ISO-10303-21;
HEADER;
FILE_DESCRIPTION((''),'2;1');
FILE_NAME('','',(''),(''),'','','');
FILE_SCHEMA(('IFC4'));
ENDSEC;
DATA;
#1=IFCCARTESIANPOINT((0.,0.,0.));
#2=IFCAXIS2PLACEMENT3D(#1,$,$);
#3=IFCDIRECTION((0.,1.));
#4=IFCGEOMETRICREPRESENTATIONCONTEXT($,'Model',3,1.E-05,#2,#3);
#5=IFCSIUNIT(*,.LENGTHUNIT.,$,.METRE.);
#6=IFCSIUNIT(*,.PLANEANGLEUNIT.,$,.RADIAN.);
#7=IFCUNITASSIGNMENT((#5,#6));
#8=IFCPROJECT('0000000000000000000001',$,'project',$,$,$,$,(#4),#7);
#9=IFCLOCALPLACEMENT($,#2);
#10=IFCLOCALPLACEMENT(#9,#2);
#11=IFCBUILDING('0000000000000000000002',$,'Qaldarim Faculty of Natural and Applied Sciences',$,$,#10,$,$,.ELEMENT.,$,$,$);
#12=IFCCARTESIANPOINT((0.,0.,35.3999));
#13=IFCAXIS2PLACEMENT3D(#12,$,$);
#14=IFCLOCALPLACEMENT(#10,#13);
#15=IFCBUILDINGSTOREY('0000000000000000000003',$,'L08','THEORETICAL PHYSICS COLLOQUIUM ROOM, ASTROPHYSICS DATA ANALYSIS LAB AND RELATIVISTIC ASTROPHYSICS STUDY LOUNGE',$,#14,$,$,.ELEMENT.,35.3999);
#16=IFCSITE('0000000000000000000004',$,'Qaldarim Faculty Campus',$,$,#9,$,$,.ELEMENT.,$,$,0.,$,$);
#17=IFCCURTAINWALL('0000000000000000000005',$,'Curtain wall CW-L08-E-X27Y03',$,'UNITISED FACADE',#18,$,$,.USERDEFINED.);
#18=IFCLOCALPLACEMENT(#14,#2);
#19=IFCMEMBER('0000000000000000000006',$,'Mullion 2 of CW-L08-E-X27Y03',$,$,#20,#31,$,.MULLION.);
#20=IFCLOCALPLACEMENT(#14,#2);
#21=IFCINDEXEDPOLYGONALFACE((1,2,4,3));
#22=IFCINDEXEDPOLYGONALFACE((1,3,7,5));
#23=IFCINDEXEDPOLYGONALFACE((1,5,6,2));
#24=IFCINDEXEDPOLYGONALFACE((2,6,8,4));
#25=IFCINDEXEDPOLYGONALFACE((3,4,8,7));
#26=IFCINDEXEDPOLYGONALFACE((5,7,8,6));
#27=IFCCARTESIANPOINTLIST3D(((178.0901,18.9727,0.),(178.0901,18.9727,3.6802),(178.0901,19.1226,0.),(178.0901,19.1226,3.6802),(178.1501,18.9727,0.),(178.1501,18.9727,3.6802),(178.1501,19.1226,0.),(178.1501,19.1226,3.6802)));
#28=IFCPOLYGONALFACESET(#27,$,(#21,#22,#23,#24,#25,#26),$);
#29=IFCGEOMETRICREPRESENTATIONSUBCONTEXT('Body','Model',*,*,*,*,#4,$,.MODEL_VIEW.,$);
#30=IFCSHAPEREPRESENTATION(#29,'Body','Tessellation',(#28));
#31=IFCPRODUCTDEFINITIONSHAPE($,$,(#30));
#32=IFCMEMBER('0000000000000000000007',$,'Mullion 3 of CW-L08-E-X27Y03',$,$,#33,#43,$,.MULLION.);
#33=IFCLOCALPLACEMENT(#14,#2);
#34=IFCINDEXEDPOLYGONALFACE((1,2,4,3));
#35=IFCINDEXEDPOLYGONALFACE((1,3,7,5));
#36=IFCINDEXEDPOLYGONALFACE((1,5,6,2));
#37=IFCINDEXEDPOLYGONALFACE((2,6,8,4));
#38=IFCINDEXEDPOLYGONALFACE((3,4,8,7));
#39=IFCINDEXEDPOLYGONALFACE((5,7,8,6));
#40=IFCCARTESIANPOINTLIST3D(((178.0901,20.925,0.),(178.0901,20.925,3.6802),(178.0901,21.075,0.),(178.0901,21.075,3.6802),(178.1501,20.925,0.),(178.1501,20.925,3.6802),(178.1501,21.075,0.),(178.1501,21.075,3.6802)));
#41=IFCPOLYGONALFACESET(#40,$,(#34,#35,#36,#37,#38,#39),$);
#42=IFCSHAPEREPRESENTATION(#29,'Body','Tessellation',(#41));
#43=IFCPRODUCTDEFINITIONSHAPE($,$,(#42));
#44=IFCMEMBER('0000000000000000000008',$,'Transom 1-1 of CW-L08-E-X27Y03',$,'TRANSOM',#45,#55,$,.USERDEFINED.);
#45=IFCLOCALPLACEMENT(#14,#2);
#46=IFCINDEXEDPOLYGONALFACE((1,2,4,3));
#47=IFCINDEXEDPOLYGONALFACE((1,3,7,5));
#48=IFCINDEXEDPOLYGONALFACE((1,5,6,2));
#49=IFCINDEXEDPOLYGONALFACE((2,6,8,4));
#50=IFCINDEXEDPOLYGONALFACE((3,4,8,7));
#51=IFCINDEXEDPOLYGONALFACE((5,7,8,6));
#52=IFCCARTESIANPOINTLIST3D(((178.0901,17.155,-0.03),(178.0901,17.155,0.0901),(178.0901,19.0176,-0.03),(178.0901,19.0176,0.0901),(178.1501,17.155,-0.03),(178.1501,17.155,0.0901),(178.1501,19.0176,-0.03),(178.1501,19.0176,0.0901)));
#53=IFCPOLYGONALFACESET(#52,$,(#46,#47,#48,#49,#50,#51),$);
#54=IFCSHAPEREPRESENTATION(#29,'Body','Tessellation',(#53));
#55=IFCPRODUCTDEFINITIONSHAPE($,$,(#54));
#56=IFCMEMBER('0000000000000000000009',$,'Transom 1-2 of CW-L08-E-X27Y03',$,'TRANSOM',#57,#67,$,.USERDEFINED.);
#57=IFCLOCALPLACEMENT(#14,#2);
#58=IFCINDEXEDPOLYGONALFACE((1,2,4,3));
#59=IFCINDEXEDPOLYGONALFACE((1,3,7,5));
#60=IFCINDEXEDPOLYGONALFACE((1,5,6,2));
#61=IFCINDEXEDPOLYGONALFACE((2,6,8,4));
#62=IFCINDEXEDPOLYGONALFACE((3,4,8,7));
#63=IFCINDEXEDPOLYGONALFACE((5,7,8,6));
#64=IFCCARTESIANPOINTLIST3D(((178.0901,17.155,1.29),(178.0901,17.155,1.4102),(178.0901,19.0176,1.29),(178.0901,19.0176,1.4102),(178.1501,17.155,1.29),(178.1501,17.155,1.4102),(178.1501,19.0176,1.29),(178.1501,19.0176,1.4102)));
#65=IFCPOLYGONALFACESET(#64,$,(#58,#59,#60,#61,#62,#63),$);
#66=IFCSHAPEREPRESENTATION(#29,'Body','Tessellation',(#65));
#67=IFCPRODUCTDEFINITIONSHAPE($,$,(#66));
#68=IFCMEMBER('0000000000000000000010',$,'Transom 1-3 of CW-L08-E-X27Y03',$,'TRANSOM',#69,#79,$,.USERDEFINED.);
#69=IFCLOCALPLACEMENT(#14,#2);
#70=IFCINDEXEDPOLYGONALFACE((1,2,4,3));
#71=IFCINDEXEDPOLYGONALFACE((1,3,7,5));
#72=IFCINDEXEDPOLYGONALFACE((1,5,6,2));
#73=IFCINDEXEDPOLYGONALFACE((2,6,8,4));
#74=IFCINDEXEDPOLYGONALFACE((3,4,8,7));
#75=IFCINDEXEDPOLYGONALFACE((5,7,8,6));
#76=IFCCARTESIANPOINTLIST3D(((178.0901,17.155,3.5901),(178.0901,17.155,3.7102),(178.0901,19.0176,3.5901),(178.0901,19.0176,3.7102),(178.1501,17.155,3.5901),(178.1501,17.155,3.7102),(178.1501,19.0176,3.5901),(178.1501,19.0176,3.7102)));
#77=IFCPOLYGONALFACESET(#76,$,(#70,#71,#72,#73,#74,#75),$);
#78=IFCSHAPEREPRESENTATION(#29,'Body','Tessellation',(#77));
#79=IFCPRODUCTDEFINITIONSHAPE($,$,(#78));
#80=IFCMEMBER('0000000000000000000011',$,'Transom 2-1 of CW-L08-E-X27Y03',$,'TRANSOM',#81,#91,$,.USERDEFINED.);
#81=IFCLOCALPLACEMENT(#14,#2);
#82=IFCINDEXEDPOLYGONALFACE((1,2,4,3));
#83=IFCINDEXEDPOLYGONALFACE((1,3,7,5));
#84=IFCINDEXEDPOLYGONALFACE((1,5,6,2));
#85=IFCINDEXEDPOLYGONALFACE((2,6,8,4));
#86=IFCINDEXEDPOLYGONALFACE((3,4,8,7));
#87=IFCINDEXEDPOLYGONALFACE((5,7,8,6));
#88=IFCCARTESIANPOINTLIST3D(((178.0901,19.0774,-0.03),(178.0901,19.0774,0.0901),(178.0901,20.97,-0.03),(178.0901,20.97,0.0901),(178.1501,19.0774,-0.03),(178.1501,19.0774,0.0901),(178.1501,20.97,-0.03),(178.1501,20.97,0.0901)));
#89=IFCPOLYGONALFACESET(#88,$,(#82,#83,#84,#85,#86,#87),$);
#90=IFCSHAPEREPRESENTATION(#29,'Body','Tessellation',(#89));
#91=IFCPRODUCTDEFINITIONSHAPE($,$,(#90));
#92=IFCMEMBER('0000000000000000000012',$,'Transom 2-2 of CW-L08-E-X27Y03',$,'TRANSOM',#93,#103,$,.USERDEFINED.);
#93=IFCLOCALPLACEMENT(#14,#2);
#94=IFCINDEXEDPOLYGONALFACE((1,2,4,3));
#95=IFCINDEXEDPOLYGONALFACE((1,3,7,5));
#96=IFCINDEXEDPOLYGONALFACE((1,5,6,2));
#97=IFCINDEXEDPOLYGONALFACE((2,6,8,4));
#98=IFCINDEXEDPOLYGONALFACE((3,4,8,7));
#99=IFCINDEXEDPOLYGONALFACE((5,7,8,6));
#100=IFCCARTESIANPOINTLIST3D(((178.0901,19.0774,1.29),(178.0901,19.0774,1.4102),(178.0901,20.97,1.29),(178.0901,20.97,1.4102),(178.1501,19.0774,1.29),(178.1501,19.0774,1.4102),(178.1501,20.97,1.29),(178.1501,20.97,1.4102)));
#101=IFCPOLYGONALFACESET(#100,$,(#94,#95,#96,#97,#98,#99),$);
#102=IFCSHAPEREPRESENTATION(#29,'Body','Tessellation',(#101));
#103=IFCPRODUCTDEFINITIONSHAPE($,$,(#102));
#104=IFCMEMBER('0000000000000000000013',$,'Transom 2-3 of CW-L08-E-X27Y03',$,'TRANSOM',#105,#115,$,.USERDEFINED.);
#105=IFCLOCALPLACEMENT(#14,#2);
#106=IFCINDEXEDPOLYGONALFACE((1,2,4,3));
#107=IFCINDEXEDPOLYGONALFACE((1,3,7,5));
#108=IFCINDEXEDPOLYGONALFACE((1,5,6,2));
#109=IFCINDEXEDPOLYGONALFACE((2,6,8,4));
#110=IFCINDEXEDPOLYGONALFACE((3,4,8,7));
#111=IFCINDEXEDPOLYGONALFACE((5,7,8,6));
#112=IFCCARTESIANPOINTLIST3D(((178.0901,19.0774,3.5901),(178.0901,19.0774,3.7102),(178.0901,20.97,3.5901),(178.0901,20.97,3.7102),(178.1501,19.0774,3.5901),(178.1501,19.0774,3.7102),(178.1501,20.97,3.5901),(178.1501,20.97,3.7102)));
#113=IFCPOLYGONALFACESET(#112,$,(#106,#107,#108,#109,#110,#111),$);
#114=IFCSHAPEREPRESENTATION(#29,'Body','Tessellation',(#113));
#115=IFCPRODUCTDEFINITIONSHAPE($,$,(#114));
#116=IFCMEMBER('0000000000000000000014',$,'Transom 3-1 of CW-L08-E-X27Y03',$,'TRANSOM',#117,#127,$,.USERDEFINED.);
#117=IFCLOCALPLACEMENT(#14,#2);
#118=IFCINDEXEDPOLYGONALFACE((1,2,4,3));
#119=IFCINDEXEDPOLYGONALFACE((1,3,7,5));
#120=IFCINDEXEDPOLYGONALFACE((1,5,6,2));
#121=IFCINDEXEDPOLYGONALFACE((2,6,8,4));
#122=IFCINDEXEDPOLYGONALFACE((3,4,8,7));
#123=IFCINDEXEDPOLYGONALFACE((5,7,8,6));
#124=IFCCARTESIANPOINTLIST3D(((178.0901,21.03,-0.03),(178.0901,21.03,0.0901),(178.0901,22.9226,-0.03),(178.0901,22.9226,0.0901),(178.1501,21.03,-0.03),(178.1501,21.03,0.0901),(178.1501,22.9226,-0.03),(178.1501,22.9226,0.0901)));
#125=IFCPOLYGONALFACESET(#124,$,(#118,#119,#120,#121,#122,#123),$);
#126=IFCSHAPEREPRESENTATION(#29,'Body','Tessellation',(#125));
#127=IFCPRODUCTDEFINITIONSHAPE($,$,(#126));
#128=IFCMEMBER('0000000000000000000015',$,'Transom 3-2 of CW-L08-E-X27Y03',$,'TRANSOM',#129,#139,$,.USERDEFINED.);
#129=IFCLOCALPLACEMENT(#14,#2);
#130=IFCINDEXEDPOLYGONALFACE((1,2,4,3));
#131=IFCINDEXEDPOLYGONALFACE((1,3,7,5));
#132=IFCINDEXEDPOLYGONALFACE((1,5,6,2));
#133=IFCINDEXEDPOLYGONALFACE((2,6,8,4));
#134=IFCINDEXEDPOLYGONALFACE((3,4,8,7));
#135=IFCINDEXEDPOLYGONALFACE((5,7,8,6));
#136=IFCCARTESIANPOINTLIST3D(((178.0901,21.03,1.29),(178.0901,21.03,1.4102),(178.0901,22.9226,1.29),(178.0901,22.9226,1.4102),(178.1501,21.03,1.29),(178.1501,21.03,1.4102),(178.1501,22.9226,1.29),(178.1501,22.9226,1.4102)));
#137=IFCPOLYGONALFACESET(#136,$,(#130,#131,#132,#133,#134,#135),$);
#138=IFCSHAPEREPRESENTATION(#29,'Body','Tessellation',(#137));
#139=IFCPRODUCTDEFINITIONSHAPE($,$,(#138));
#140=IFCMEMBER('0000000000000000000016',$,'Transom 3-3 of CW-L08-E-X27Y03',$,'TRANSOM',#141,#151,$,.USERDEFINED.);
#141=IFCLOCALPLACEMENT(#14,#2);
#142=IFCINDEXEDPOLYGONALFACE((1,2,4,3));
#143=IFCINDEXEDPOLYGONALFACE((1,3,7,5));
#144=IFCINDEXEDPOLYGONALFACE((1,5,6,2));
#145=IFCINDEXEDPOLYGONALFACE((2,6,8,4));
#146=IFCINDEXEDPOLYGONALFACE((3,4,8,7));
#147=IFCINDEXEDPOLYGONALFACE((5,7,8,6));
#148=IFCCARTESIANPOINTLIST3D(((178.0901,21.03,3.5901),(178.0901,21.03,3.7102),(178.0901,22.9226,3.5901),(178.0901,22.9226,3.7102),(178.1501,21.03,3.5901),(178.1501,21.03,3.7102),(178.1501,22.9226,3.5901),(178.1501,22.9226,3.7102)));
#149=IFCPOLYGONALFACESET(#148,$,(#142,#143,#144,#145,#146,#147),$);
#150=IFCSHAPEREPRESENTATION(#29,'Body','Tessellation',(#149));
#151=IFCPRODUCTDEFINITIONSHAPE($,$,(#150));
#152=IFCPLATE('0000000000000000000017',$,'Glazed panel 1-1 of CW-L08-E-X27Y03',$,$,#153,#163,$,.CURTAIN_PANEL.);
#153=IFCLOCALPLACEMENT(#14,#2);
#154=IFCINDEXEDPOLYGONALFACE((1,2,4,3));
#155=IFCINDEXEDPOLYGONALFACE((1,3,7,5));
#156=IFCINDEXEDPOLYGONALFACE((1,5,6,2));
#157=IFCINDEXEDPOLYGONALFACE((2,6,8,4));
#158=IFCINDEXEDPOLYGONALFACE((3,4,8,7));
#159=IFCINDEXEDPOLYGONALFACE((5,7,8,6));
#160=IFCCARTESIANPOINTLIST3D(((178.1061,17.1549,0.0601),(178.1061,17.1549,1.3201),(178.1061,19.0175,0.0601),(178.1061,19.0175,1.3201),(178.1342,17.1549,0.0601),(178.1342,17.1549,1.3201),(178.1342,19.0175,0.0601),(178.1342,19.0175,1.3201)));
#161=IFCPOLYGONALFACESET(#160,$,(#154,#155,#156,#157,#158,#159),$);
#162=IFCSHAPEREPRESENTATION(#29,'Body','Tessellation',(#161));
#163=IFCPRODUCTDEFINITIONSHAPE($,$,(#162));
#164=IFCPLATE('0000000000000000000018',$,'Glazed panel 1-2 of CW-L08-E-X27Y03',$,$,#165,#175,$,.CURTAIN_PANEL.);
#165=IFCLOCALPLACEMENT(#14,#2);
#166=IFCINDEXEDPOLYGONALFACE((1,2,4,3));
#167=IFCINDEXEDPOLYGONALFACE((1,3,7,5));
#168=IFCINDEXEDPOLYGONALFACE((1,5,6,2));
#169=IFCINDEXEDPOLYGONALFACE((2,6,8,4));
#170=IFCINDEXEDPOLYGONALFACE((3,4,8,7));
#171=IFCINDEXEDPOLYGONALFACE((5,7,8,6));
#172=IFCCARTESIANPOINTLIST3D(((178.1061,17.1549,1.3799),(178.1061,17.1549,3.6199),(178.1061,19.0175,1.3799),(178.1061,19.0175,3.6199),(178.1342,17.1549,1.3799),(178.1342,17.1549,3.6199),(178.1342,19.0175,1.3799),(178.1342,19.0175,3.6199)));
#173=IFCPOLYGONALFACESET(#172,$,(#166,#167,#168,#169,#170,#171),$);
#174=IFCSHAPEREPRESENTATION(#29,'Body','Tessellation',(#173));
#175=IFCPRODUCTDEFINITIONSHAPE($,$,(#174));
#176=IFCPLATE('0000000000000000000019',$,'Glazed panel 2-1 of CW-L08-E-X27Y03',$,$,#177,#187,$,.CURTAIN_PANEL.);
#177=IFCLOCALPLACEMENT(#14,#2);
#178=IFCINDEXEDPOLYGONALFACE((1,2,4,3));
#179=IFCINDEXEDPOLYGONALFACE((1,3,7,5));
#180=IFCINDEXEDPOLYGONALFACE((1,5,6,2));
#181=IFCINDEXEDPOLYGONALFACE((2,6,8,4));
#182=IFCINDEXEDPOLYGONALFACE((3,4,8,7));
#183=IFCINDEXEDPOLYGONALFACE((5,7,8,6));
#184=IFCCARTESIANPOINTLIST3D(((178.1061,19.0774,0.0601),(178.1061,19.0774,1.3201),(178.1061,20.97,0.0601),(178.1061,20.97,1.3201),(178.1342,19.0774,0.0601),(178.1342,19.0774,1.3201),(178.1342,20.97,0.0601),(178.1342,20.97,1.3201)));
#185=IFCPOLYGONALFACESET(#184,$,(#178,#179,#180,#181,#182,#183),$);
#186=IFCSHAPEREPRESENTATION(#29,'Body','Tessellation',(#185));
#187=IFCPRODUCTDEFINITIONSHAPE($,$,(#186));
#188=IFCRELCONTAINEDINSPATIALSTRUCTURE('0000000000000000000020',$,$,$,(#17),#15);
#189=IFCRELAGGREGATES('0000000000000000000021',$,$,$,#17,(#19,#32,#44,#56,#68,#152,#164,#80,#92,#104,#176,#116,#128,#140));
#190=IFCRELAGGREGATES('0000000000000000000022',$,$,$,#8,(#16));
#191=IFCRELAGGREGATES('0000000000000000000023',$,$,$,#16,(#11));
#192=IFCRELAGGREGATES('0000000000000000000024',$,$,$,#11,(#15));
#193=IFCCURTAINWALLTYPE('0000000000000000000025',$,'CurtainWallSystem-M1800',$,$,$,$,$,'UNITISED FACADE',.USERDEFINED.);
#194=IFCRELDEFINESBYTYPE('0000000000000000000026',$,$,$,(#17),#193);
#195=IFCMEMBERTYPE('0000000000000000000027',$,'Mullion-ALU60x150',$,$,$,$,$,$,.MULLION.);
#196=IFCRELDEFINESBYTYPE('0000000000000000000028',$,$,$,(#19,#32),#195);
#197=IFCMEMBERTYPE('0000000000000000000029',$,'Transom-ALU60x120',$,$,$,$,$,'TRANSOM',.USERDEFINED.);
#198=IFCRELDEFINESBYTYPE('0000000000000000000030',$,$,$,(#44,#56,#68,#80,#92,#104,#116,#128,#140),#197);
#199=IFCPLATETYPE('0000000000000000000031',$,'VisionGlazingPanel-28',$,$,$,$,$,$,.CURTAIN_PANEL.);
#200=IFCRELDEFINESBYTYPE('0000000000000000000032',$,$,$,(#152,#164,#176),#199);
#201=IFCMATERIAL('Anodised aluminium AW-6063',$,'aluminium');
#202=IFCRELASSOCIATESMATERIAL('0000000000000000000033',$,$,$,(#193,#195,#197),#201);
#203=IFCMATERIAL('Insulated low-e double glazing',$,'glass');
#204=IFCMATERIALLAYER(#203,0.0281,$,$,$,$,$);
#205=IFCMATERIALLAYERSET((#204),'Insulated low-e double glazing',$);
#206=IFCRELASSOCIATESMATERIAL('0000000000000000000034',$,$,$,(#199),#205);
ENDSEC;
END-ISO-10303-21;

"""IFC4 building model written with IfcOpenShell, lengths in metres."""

from ifc_helpers import new_model, si_unit, direction, frame, origin, origin_2d, place, context, subcontext, project, spatial, rectangle, extrude, material, layer, layer_set, material_profile, profile_set, type_object, element, aggregate, save


model = new_model("IFC4")

# Units and contexts
model_context = context("Model", 3, precision=1e-05, world=origin(), true_north=direction((0.0, 1.0)))
body_context = subcontext(model_context, "Body", "Model", "MODEL_VIEW")
ifc_project = project(units=[si_unit("LENGTHUNIT", "METRE"), si_unit("PLANEANGLEUNIT", "RADIAN")], contexts=[model_context])

# Site, building, storey
site_placement = place(None, origin())
site = spatial("IfcSite", under=ifc_project, at=site_placement, Name="Qaldarim Faculty Campus", CompositionType="ELEMENT", RefElevation=0.0)
building_placement = place(site_placement, origin())
building = spatial("IfcBuilding", under=site, at=building_placement, Name="Qaldarim Faculty of Natural and Applied Sciences", CompositionType="ELEMENT")
storey_placement = place(building_placement, frame((0.0, 0.0, 35.3999)))
storey = spatial("IfcBuildingStorey", under=building, at=storey_placement, Name="L08", Description="THEORETICAL PHYSICS COLLOQUIUM ROOM, ASTROPHYSICS DATA ANALYSIS LAB AND RELATIVISTIC ASTROPHYSICS STUDY LOUNGE", CompositionType="ELEMENT", Elevation=35.3999)

# Curtain wall, members, plates
ifc_material_1 = material(Name="Anodised aluminium AW-6063", Category="aluminium")
curtain_wall_type = type_object("IfcCurtainWallType", Name="CurtainWallSystem-M1800", ElementType="UNITISED FACADE", PredefinedType="USERDEFINED", material=ifc_material_1)
curtain_wall_placement = place(storey_placement, origin())
curtain_wall = element("IfcCurtainWall", 1, at=curtain_wall_placement, inside=storey, type_object=curtain_wall_type, Name="Curtain wall CW-L08-E-X27Y03", ObjectType="UNITISED FACADE", PredefinedType="USERDEFINED")
ifc_material_profile_1 = material_profile(ifc_material_1, rectangle(XDim=0.0601, YDim=0.1499, at=origin_2d()), Name="ALU-M60x150")
ifc_profile_set_1 = profile_set([ifc_material_profile_1], Name="Anodised aluminium AW-6063")
member_type_1 = type_object("IfcMemberType", Name="Mullion-ALU60x150", PredefinedType="MULLION", material=ifc_profile_set_1)
member_1_placement = place(storey_placement, frame((178.1201, 19.0476, 0.0), z_axis=(0.0, 0.0, 1.0), x_axis=(-1.0, 0.0, 0.0)))
member_1 = element("IfcMember", 2, at=member_1_placement, type_object=member_type_1, Name="Mullion 2 of CW-L08-E-X27Y03", PredefinedType="MULLION", context=body_context, shape_type="SweptSolid", body=[
    extrude(rectangle(XDim=0.0601, YDim=0.1499, at=origin_2d()), origin(), (0.0, 0.0, 1.0), 3.6802),
])
member_2_placement = place(storey_placement, frame((178.1201, 21.0, 0.0), z_axis=(0.0, 0.0, 1.0), x_axis=(-1.0, 0.0, 0.0)))
member_2 = element("IfcMember", 3, at=member_2_placement, type_object=member_type_1, Name="Mullion 3 of CW-L08-E-X27Y03", PredefinedType="MULLION", context=body_context, shape_type="SweptSolid", body=[
    extrude(rectangle(XDim=0.0601, YDim=0.1499, at=origin_2d()), origin(), (0.0, 0.0, 1.0), 3.6802),
])
ifc_material_profile_2 = material_profile(ifc_material_1, rectangle(XDim=0.0601, YDim=0.1201, at=origin_2d()), Name="ALU-T60x120")
ifc_profile_set_2 = profile_set([ifc_material_profile_2], Name="Anodised aluminium AW-6063")
member_type_2 = type_object("IfcMemberType", Name="Transom-ALU60x120", ElementType="TRANSOM", PredefinedType="USERDEFINED", material=ifc_profile_set_2)
member_3_placement = place(storey_placement, frame((178.1201, 17.155, 0.03), z_axis=(0.0, 1.0, 0.0), x_axis=(-1.0, 0.0, 0.0)))
member_3 = element("IfcMember", 4, at=member_3_placement, type_object=member_type_2, Name="Transom 1-1 of CW-L08-E-X27Y03", ObjectType="TRANSOM", PredefinedType="USERDEFINED", context=body_context, shape_type="SweptSolid", body=[
    extrude(rectangle(XDim=0.0601, YDim=0.1201, at=origin_2d()), origin(), (0.0, 0.0, 1.0), 1.8625),
])
member_4_placement = place(storey_placement, frame((178.1201, 17.155, 1.3501), z_axis=(0.0, 1.0, 0.0), x_axis=(-1.0, 0.0, 0.0)))
member_4 = element("IfcMember", 5, at=member_4_placement, type_object=member_type_2, Name="Transom 1-2 of CW-L08-E-X27Y03", ObjectType="TRANSOM", PredefinedType="USERDEFINED", context=body_context, shape_type="SweptSolid", body=[
    extrude(rectangle(XDim=0.0601, YDim=0.1201, at=origin_2d()), origin(), (0.0, 0.0, 1.0), 1.8625),
])
member_5_placement = place(storey_placement, frame((178.1201, 17.155, 3.6501), z_axis=(0.0, 1.0, 0.0), x_axis=(-1.0, 0.0, 0.0)))
member_5 = element("IfcMember", 6, at=member_5_placement, type_object=member_type_2, Name="Transom 1-3 of CW-L08-E-X27Y03", ObjectType="TRANSOM", PredefinedType="USERDEFINED", context=body_context, shape_type="SweptSolid", body=[
    extrude(rectangle(XDim=0.0601, YDim=0.1201, at=origin_2d()), origin(), (0.0, 0.0, 1.0), 1.8625),
])
member_6_placement = place(storey_placement, frame((178.1201, 19.0774, 0.03), z_axis=(0.0, 1.0, 0.0), x_axis=(-1.0, 0.0, 0.0)))
member_6 = element("IfcMember", 7, at=member_6_placement, type_object=member_type_2, Name="Transom 2-1 of CW-L08-E-X27Y03", ObjectType="TRANSOM", PredefinedType="USERDEFINED", context=body_context, shape_type="SweptSolid", body=[
    extrude(rectangle(XDim=0.0601, YDim=0.1201, at=origin_2d()), origin(), (0.0, 0.0, 1.0), 1.8926),
])
member_7_placement = place(storey_placement, frame((178.1201, 19.0774, 1.3501), z_axis=(0.0, 1.0, 0.0), x_axis=(-1.0, 0.0, 0.0)))
member_7 = element("IfcMember", 8, at=member_7_placement, type_object=member_type_2, Name="Transom 2-2 of CW-L08-E-X27Y03", ObjectType="TRANSOM", PredefinedType="USERDEFINED", context=body_context, shape_type="SweptSolid", body=[
    extrude(rectangle(XDim=0.0601, YDim=0.1201, at=origin_2d()), origin(), (0.0, 0.0, 1.0), 1.8926),
])
member_8_placement = place(storey_placement, frame((178.1201, 19.0774, 3.6501), z_axis=(0.0, 1.0, 0.0), x_axis=(-1.0, 0.0, 0.0)))
member_8 = element("IfcMember", 9, at=member_8_placement, type_object=member_type_2, Name="Transom 2-3 of CW-L08-E-X27Y03", ObjectType="TRANSOM", PredefinedType="USERDEFINED", context=body_context, shape_type="SweptSolid", body=[
    extrude(rectangle(XDim=0.0601, YDim=0.1201, at=origin_2d()), origin(), (0.0, 0.0, 1.0), 1.8926),
])
member_9_placement = place(storey_placement, frame((178.1201, 21.03, 0.03), z_axis=(0.0, 1.0, 0.0), x_axis=(-1.0, 0.0, 0.0)))
member_9 = element("IfcMember", 10, at=member_9_placement, type_object=member_type_2, Name="Transom 3-1 of CW-L08-E-X27Y03", ObjectType="TRANSOM", PredefinedType="USERDEFINED", context=body_context, shape_type="SweptSolid", body=[
    extrude(rectangle(XDim=0.0601, YDim=0.1201, at=origin_2d()), origin(), (0.0, 0.0, 1.0), 1.8926),
])
member_10_placement = place(storey_placement, frame((178.1201, 21.03, 1.3501), z_axis=(0.0, 1.0, 0.0), x_axis=(-1.0, 0.0, 0.0)))
member_10 = element("IfcMember", 11, at=member_10_placement, type_object=member_type_2, Name="Transom 3-2 of CW-L08-E-X27Y03", ObjectType="TRANSOM", PredefinedType="USERDEFINED", context=body_context, shape_type="SweptSolid", body=[
    extrude(rectangle(XDim=0.0601, YDim=0.1201, at=origin_2d()), origin(), (0.0, 0.0, 1.0), 1.8926),
])
member_11_placement = place(storey_placement, frame((178.1201, 21.03, 3.6501), z_axis=(0.0, 1.0, 0.0), x_axis=(-1.0, 0.0, 0.0)))
member_11 = element("IfcMember", 12, at=member_11_placement, type_object=member_type_2, Name="Transom 3-3 of CW-L08-E-X27Y03", ObjectType="TRANSOM", PredefinedType="USERDEFINED", context=body_context, shape_type="SweptSolid", body=[
    extrude(rectangle(XDim=0.0601, YDim=0.1201, at=origin_2d()), origin(), (0.0, 0.0, 1.0), 1.8926),
])
ifc_material_2 = material(Name="Insulated low-e double glazing", Category="glass")
ifc_layer_1 = layer(ifc_material_2, 0.0281)
ifc_layer_set_1 = layer_set([ifc_layer_1], Name="Insulated low-e double glazing")
plate_type = type_object("IfcPlateType", Name="VisionGlazingPanel-28", PredefinedType="CURTAIN_PANEL", material=ifc_layer_set_1)
plate_1_placement = place(storey_placement, frame((178.1201, 18.0862, 0.0601), z_axis=(0.0, 0.0, 1.0), x_axis=(0.0, 1.0, 0.0)))
plate_1 = element("IfcPlate", 13, at=plate_1_placement, type_object=plate_type, Name="Glazed panel 1-1 of CW-L08-E-X27Y03", PredefinedType="CURTAIN_PANEL", context=body_context, shape_type="SweptSolid", body=[
    extrude(rectangle(XDim=1.8625, YDim=0.0281, at=origin_2d()), origin(), (0.0, 0.0, 1.0), 1.26),
])
plate_2_placement = place(storey_placement, frame((178.1201, 18.0862, 1.3799), z_axis=(0.0, 0.0, 1.0), x_axis=(0.0, 1.0, 0.0)))
plate_2 = element("IfcPlate", 14, at=plate_2_placement, type_object=plate_type, Name="Glazed panel 1-2 of CW-L08-E-X27Y03", PredefinedType="CURTAIN_PANEL", context=body_context, shape_type="SweptSolid", body=[
    extrude(rectangle(XDim=1.8625, YDim=0.0281, at=origin_2d()), origin(), (0.0, 0.0, 1.0), 2.24),
])
plate_3_placement = place(storey_placement, frame((178.1201, 20.0237, 0.0601), z_axis=(0.0, 0.0, 1.0), x_axis=(0.0, 1.0, 0.0)))
plate_3 = element("IfcPlate", 15, at=plate_3_placement, type_object=plate_type, Name="Glazed panel 2-1 of CW-L08-E-X27Y03", PredefinedType="CURTAIN_PANEL", context=body_context, shape_type="SweptSolid", body=[
    extrude(rectangle(XDim=1.8926, YDim=0.0281, at=origin_2d()), origin(), (0.0, 0.0, 1.0), 1.26),
])
aggregate(curtain_wall, [member_1, member_2, member_3, member_4, member_5, plate_1, plate_2, member_6, member_7, member_8, plate_3, member_9, member_10, member_11])

save(model, "model.ifc")
